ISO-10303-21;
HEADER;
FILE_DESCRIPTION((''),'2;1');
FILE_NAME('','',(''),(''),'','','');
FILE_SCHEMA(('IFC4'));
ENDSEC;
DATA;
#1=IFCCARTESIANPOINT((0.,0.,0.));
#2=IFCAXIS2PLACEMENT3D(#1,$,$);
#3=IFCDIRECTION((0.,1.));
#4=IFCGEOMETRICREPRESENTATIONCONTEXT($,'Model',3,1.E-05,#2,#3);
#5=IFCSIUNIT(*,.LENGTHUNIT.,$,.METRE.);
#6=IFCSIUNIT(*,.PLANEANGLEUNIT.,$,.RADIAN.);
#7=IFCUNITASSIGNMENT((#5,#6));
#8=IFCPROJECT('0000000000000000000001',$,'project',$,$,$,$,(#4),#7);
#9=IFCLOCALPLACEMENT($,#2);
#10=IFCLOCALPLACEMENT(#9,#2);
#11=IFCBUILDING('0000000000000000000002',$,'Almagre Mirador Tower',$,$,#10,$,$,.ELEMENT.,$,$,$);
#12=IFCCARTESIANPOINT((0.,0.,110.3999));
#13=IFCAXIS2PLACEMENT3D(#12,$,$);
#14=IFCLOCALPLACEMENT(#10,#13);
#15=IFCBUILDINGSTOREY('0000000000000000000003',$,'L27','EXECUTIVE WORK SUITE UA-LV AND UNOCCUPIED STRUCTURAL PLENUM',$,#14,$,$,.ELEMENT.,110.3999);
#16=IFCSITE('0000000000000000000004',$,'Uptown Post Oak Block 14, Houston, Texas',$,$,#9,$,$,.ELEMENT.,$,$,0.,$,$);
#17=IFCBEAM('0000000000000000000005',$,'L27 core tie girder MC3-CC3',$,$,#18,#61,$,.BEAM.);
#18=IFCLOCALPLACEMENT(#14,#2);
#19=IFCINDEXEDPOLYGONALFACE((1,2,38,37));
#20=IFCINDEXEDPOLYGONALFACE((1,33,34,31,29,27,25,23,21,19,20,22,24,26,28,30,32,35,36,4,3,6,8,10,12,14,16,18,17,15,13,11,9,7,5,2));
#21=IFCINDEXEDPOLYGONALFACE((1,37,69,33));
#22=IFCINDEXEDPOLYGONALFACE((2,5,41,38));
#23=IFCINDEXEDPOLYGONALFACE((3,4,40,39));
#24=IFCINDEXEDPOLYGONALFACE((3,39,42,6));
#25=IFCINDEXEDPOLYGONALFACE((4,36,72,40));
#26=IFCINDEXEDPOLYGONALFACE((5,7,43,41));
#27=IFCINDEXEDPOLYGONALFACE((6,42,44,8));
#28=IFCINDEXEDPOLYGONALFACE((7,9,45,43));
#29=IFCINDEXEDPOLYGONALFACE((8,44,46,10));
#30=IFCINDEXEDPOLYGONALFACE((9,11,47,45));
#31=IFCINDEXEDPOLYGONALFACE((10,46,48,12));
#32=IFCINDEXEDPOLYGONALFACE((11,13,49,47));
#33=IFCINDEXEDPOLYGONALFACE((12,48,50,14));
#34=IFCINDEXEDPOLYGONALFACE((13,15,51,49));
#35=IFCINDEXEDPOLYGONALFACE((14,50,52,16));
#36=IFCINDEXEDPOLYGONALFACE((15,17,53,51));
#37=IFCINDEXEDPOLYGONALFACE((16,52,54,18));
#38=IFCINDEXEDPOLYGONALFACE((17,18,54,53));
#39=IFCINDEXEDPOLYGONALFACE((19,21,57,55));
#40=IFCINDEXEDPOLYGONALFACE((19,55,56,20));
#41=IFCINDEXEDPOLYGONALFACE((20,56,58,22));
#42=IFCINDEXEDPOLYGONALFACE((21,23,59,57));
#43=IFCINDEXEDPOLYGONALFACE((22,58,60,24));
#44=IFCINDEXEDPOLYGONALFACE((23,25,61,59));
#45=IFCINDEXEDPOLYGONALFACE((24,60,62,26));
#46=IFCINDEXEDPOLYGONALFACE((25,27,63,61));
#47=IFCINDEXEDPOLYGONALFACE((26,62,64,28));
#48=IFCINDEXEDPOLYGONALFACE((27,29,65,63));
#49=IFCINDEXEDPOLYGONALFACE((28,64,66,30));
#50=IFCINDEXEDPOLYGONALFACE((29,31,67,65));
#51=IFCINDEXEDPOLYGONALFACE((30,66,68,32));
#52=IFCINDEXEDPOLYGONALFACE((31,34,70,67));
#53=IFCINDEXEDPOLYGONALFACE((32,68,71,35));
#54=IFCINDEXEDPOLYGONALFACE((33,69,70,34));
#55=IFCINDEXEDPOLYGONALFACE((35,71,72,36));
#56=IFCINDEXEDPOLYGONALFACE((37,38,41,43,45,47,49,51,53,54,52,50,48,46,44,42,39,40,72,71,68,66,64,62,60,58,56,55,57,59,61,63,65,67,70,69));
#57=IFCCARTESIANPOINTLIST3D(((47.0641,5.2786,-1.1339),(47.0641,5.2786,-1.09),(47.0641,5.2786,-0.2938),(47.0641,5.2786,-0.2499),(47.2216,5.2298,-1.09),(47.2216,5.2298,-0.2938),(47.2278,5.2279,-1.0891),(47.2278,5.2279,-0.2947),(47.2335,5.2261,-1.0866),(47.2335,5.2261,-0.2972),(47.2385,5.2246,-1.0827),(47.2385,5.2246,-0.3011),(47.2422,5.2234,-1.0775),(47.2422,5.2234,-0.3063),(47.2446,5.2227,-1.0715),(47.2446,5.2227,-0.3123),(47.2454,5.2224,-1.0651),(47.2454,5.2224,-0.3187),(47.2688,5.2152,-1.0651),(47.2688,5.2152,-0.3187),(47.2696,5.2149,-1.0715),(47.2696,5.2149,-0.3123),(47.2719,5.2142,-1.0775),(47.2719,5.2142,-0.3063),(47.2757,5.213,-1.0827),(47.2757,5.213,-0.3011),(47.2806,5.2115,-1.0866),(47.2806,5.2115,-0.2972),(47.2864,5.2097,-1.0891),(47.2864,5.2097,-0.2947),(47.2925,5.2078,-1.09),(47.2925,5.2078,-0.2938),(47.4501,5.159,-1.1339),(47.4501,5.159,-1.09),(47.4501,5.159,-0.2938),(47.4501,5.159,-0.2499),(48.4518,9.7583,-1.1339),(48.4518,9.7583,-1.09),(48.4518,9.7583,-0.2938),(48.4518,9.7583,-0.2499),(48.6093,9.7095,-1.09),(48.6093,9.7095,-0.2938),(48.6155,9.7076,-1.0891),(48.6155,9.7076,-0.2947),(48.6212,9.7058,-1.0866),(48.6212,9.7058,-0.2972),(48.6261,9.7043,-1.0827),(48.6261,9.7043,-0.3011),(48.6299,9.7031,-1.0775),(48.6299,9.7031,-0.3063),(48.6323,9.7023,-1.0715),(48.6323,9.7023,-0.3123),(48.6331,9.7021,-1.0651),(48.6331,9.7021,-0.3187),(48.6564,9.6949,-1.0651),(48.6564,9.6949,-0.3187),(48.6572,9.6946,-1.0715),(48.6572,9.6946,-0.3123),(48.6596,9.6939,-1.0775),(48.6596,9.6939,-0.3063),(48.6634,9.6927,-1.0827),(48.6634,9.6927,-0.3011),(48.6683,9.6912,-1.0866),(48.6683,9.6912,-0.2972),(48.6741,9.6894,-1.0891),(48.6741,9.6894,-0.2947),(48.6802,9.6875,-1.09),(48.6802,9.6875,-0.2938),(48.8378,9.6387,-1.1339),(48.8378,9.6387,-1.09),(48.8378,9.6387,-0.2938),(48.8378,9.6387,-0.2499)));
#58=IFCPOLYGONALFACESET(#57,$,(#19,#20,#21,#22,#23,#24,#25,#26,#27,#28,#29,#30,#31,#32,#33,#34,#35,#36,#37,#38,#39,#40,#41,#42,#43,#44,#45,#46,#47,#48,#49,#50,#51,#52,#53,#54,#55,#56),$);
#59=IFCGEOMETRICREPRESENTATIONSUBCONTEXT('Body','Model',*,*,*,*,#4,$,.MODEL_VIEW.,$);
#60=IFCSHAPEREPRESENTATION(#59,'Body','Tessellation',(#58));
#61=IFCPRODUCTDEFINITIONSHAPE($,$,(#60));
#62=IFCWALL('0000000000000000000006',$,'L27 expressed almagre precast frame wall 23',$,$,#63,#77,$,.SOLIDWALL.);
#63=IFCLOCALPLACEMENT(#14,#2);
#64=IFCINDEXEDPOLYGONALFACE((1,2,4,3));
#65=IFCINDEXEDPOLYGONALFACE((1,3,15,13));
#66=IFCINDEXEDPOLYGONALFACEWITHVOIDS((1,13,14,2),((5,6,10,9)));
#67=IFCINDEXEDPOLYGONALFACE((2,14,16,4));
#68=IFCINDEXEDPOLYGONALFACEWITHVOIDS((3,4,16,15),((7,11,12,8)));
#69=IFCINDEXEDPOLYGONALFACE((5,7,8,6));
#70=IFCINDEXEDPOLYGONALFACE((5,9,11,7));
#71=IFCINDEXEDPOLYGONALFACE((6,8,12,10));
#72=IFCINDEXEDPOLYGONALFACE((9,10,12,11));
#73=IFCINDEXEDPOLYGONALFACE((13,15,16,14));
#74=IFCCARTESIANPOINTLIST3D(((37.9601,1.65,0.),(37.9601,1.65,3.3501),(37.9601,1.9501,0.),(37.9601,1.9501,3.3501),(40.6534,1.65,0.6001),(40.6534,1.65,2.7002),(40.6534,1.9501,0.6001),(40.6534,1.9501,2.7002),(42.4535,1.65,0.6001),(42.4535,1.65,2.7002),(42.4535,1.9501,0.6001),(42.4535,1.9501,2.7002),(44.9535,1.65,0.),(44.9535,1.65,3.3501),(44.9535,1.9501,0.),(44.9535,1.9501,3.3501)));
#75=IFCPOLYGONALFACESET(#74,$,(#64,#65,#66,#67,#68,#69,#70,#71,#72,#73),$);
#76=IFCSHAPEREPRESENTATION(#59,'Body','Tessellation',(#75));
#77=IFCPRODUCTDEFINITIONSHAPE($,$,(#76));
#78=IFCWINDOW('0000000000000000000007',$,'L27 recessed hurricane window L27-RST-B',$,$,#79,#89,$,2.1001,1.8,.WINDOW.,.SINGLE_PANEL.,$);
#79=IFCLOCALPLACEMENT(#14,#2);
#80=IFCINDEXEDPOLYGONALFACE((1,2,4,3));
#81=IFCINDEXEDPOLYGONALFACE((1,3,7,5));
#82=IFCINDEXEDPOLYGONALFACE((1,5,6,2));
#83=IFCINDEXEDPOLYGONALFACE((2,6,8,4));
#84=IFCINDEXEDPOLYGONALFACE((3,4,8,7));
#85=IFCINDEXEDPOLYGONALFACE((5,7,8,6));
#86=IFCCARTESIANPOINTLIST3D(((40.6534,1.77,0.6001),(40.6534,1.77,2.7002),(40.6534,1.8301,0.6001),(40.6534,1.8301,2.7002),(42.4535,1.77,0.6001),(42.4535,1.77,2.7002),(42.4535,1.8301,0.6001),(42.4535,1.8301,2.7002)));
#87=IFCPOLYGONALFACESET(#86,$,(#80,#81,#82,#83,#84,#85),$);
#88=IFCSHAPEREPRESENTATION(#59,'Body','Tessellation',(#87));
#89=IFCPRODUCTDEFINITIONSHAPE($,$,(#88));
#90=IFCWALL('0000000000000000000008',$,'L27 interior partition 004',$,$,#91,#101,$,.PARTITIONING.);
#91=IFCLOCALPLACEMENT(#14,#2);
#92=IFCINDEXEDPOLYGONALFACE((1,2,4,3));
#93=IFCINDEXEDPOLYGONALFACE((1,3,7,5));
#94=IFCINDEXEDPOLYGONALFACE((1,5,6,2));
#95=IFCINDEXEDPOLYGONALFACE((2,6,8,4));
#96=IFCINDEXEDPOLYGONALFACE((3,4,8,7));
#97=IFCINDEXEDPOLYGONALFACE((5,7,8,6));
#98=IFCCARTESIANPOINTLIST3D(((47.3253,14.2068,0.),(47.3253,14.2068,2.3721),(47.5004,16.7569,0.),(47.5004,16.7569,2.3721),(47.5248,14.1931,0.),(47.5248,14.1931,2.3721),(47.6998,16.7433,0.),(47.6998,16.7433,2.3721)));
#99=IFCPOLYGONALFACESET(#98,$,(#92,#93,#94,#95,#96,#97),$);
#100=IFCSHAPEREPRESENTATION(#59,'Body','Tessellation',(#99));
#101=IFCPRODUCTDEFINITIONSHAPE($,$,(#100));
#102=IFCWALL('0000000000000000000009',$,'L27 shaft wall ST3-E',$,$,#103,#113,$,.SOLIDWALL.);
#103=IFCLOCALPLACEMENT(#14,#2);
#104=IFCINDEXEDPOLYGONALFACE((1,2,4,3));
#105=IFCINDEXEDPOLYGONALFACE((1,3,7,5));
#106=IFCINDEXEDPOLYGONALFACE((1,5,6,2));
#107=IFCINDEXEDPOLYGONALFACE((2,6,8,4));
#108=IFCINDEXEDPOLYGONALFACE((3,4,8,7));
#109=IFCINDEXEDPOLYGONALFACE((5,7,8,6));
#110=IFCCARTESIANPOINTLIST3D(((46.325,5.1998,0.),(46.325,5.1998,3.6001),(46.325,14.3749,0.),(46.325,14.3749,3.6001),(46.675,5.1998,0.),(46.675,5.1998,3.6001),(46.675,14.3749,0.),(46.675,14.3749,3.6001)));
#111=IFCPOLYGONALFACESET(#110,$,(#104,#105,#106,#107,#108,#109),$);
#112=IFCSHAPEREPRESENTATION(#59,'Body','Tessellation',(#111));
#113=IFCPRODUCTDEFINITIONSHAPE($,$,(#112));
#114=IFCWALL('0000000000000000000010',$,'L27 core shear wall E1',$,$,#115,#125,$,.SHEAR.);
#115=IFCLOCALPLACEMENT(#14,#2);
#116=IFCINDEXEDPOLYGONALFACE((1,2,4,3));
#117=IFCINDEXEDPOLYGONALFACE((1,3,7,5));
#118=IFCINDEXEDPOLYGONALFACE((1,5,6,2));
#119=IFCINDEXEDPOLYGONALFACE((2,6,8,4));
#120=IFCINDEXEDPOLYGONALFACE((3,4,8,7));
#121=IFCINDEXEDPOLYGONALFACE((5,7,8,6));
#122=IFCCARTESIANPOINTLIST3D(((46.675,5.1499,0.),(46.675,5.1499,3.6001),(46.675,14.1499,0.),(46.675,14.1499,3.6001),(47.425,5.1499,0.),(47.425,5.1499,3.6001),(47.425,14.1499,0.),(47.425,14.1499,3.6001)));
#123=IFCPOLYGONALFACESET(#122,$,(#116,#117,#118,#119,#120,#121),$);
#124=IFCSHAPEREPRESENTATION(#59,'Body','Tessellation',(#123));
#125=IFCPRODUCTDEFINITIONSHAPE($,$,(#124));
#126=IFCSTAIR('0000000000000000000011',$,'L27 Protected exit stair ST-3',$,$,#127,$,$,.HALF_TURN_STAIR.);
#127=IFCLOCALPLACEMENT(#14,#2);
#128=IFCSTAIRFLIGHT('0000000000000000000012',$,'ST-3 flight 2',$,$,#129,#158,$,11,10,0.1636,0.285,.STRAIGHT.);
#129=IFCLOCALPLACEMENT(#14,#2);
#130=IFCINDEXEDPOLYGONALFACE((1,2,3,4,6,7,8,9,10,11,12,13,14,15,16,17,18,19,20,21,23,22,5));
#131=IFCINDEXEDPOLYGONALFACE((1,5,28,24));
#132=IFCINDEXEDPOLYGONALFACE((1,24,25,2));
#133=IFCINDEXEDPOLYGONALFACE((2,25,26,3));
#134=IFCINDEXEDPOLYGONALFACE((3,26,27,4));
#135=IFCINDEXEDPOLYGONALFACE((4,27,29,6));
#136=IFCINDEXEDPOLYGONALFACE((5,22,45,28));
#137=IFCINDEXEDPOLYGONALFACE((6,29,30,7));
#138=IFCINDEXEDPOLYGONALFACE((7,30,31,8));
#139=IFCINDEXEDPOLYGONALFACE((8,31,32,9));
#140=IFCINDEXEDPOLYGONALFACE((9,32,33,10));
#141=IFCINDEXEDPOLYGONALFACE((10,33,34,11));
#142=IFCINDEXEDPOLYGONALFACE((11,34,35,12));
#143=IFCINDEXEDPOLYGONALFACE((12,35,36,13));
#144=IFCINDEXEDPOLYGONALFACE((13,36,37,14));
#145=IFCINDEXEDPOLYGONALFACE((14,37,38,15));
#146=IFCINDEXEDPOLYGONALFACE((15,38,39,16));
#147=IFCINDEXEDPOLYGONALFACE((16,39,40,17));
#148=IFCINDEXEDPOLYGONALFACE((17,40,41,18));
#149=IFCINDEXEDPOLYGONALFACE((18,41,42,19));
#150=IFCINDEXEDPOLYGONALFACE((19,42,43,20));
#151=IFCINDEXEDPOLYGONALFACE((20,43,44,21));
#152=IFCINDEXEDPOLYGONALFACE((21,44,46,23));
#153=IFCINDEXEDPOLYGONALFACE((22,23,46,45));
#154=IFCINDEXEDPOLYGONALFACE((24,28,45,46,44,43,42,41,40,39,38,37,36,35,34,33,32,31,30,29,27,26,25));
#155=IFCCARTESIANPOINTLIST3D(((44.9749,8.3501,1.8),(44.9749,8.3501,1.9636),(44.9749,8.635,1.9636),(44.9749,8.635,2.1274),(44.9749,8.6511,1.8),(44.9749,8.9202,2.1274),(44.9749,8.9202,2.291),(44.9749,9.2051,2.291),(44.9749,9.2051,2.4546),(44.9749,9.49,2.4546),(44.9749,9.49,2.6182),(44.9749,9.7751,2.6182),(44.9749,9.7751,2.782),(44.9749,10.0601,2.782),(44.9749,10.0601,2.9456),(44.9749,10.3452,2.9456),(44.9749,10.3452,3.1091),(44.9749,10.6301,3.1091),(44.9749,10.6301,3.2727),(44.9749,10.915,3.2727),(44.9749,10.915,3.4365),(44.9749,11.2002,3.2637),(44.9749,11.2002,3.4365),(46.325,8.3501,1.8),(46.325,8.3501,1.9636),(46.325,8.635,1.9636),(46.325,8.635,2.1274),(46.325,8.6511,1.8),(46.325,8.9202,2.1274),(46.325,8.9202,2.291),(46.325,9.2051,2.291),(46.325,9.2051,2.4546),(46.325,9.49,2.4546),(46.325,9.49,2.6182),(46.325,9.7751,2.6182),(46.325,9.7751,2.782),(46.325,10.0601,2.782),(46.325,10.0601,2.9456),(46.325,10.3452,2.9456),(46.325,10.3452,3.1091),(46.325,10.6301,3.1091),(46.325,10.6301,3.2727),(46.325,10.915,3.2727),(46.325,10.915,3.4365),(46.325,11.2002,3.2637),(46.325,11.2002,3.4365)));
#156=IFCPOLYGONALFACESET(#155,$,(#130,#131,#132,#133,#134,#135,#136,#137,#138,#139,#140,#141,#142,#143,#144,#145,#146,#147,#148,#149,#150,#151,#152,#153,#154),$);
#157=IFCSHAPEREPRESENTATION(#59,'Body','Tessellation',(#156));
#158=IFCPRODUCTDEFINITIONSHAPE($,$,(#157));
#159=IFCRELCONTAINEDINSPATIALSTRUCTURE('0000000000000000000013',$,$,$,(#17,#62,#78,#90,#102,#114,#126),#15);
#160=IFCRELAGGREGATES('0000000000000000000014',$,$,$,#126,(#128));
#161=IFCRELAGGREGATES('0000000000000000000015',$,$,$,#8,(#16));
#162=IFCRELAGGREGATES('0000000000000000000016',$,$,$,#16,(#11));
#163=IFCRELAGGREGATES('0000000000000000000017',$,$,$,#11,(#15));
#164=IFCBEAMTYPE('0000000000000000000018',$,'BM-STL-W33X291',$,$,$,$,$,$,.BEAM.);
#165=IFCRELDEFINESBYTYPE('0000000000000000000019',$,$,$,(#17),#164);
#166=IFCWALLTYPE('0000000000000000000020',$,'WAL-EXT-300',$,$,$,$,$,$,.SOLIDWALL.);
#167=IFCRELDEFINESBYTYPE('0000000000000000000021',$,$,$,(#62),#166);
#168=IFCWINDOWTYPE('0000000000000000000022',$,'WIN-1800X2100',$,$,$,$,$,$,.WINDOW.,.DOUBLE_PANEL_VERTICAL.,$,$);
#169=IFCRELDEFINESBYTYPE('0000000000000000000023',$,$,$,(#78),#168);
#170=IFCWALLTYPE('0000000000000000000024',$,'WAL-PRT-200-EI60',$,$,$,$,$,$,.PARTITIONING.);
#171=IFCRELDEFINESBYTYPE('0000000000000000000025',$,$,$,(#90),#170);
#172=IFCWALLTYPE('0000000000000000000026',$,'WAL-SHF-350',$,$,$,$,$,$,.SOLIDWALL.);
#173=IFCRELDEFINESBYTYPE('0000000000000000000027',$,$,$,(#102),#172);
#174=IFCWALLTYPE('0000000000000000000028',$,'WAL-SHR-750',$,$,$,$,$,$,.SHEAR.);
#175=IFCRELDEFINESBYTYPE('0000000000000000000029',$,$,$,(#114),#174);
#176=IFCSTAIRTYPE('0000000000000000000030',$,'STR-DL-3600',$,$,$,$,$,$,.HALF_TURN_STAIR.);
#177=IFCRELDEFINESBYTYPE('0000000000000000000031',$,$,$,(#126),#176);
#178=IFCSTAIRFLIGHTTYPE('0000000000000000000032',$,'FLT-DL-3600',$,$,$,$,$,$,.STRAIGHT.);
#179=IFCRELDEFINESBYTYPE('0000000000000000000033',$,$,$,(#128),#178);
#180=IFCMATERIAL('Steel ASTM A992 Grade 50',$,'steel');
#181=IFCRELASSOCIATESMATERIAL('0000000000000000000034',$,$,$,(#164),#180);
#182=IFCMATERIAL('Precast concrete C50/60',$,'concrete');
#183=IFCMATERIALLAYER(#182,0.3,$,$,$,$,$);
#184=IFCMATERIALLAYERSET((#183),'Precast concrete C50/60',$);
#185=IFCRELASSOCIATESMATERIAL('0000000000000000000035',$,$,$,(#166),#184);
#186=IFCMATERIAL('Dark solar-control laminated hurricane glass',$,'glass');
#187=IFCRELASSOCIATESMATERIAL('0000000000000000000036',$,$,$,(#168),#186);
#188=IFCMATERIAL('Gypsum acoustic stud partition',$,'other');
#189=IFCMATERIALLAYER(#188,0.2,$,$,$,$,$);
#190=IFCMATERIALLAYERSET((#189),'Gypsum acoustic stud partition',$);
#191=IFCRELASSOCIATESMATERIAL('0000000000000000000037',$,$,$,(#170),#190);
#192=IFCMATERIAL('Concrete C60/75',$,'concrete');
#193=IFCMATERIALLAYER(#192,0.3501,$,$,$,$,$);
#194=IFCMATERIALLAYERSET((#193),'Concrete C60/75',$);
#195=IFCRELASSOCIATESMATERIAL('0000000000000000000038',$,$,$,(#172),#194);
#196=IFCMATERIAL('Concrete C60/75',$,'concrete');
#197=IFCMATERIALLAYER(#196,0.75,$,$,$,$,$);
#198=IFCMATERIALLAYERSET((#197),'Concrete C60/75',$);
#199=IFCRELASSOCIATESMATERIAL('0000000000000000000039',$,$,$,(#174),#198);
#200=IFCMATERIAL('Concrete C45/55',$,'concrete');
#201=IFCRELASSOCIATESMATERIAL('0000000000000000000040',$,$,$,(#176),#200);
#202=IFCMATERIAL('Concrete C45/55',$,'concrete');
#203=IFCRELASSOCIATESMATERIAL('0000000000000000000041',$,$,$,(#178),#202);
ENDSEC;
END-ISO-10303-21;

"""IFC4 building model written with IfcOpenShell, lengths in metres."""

from ifc_helpers import new_model, si_unit, direction, frame, frame_2d, origin, origin_2d, place, context, subcontext, project, spatial, polyline, rectangle, i_section, outline, extrude, material, layer, layer_set, material_profile, profile_set, type_object, element, fill, aggregate, save


model = new_model("IFC4")

# Units and contexts
model_context = context("Model", 3, precision=1e-05, world=origin(), true_north=direction((0.0, 1.0)))
body_context = subcontext(model_context, "Body", "Model", "MODEL_VIEW")
ifc_project = project(units=[si_unit("LENGTHUNIT", "METRE"), si_unit("PLANEANGLEUNIT", "RADIAN")], contexts=[model_context])

# Site, building, storey
site_placement = place(None, origin())
site = spatial("IfcSite", under=ifc_project, at=site_placement, Name="Uptown Post Oak Block 14, Houston, Texas", CompositionType="ELEMENT", RefElevation=0.0)
building_placement = place(site_placement, origin())
building = spatial("IfcBuilding", under=site, at=building_placement, Name="Almagre Mirador Tower", CompositionType="ELEMENT")
storey_placement = place(building_placement, frame((0.0, 0.0, 110.3999)))
storey = spatial("IfcBuildingStorey", under=building, at=storey_placement, Name="L27", Description="EXECUTIVE WORK SUITE UA-LV AND UNOCCUPIED STRUCTURAL PLENUM", CompositionType="ELEMENT", Elevation=110.3999)

# Beam
ifc_material_1 = material(Name="Steel ASTM A992 Grade 50", Category="steel")
ifc_material_profile_1 = material_profile(ifc_material_1, i_section(OverallWidth=0.4041, OverallDepth=0.884, WebThickness=0.0244, FlangeThickness=0.0439, FilletRadius=0.0249, at=origin_2d()), Name="W33X291")
ifc_profile_set_1 = profile_set([ifc_material_profile_1], Name="Steel ASTM A992 Grade 50")
beam_type_1 = type_object("IfcBeamType", Name="BM-STL-W33X291", PredefinedType="BEAM", material=ifc_profile_set_1)
beam_1_placement = place(storey_placement, frame((48.6448, 9.6985, -0.6919), z_axis=(-0.2959, -0.955219, 0.0), x_axis=(0.955219, -0.2959, 0.0)))
element("IfcBeam", 1, at=beam_1_placement, inside=storey, type_object=beam_type_1, Name="L27 core tie girder MC3-CC3", PredefinedType="BEAM", context=body_context, shape_type="SweptSolid", body=[
    extrude(i_section(OverallWidth=0.4041, OverallDepth=0.884, WebThickness=0.0244, FlangeThickness=0.0439, FilletRadius=0.0249, at=origin_2d()), origin(), (0.0, 0.0, 1.0), 4.6897),
])

# Wall, opening, window
ifc_material_2 = material(Name="Precast concrete C50/60", Category="concrete")
ifc_layer_1 = layer(ifc_material_2, 0.3)
ifc_layer_set_1 = layer_set([ifc_layer_1], Name="Precast concrete C50/60")
wall_type_1 = type_object("IfcWallType", Name="WAL-EXT-300", PredefinedType="SOLIDWALL", material=ifc_layer_set_1)
wall_1_placement = place(storey_placement, frame((44.9534, 1.8, 0.0), z_axis=(0.0, 0.0, 1.0), x_axis=(-1.0, 0.0, 0.0)))
wall_1 = element("IfcWall", 2, at=wall_1_placement, inside=storey, type_object=wall_type_1, Name="L27 expressed almagre precast frame wall 23", PredefinedType="SOLIDWALL", context=body_context, shape_type="SweptSolid", body=[
    extrude(rectangle(XDim=6.9934, YDim=0.3, at=frame_2d((3.4966, 0.0))), origin(), (0.0, 0.0, 1.0), 3.3501),
])
opening_placement = place(wall_1_placement, frame((2.5, 0.0, 0.6001)))
opening = element("IfcOpeningElement", 3, at=opening_placement, cuts=wall_1, PredefinedType="OPENING", context=body_context, shape_type="SweptSolid", body=[
    extrude(rectangle(XDim=1.8, YDim=2.1001, at=frame_2d((0.8999, 1.05))), frame((0.0, 0.1599, 0.0), z_axis=(0.0, -1.0, 0.0), x_axis=(1.0, 0.0, 0.0)), (0.0, 0.0, 1.0), 0.32),
])
ifc_material_3 = material(Name="Dark solar-control laminated hurricane glass", Category="glass")
window_type = type_object("IfcWindowType", Name="WIN-1800X2100", PartitioningType="DOUBLE_PANEL_VERTICAL", PredefinedType="WINDOW", material=ifc_material_3)
window_placement = place(opening_placement, origin())
window = element("IfcWindow", 4, at=window_placement, inside=storey, type_object=window_type, Name="L27 recessed hurricane window L27-RST-B", OverallHeight=2.1001, OverallWidth=1.8, PartitioningType="SINGLE_PANEL", PredefinedType="WINDOW", context=body_context, shape_type="SweptSolid", body=[
    extrude(rectangle(XDim=1.8, YDim=2.1001, at=frame_2d((0.8999, 1.05))), frame((0.0, 0.03, 0.0), z_axis=(0.0, -1.0, 0.0), x_axis=(1.0, 0.0, 0.0)), (0.0, 0.0, 1.0), 0.0601),
])
fill(opening, window)

# Walls
ifc_material_4 = material(Name="Gypsum acoustic stud partition", Category="other")
ifc_layer_2 = layer(ifc_material_4, 0.2)
ifc_layer_set_2 = layer_set([ifc_layer_2], Name="Gypsum acoustic stud partition")
wall_type_2 = type_object("IfcWallType", Name="WAL-PRT-200-EI60", PredefinedType="PARTITIONING", material=ifc_layer_set_2)
wall_2_placement = place(storey_placement, frame((47.425, 14.2, 0.0), z_axis=(0.0, 0.0, 1.0), x_axis=(0.068484, 0.997652, 0.0)))
element("IfcWall", 5, at=wall_2_placement, inside=storey, type_object=wall_type_2, Name="L27 interior partition 004", PredefinedType="PARTITIONING", context=body_context, shape_type="SweptSolid", body=[
    extrude(rectangle(XDim=2.5562, YDim=0.2, at=frame_2d((1.2781, 0.0))), origin(), (0.0, 0.0, 1.0), 2.3721),
])
ifc_material_5 = material(Name="Concrete C60/75", Category="concrete")
ifc_layer_3 = layer(ifc_material_5, 0.3501)
ifc_layer_set_3 = layer_set([ifc_layer_3], Name="Concrete C60/75")
wall_type_3 = type_object("IfcWallType", Name="WAL-SHF-350", PredefinedType="SOLIDWALL", material=ifc_layer_set_3)
wall_3_placement = place(storey_placement, frame((46.5, 5.2, 0.0), z_axis=(0.0, 0.0, 1.0), x_axis=(0.0, 1.0, 0.0)))
element("IfcWall", 6, at=wall_3_placement, inside=storey, type_object=wall_type_3, Name="L27 shaft wall ST3-E", PredefinedType="SOLIDWALL", context=body_context, shape_type="SweptSolid", body=[
    extrude(rectangle(XDim=9.175, YDim=0.3501, at=frame_2d((4.5874, 0.0))), origin(), (0.0, 0.0, 1.0), 3.6001),
])
ifc_material_6 = material(Name="Concrete C60/75", Category="concrete")
ifc_layer_4 = layer(ifc_material_6, 0.75)
ifc_layer_set_4 = layer_set([ifc_layer_4], Name="Concrete C60/75")
wall_type_4 = type_object("IfcWallType", Name="WAL-SHR-750", PredefinedType="SHEAR", material=ifc_layer_set_4)
wall_4_placement = place(storey_placement, frame((47.05, 5.1499, 0.0), z_axis=(0.0, 0.0, 1.0), x_axis=(0.0, 1.0, 0.0)))
element("IfcWall", 7, at=wall_4_placement, inside=storey, type_object=wall_type_4, Name="L27 core shear wall E1", PredefinedType="SHEAR", context=body_context, shape_type="SweptSolid", body=[
    extrude(rectangle(XDim=9.0, YDim=0.75, at=frame_2d((4.5, 0.0))), origin(), (0.0, 0.0, 1.0), 3.6001),
])

# Stair, stair flight
ifc_material_7 = material(Name="Concrete C45/55", Category="concrete")
stair_type = type_object("IfcStairType", Name="STR-DL-3600", PredefinedType="HALF_TURN_STAIR", material=ifc_material_7)
stair_placement = place(storey_placement, origin())
stair = element("IfcStair", 8, at=stair_placement, inside=storey, type_object=stair_type, Name="L27 Protected exit stair ST-3", PredefinedType="HALF_TURN_STAIR")
ifc_material_8 = material(Name="Concrete C45/55", Category="concrete")
stair_flight_type = type_object("IfcStairFlightType", Name="FLT-DL-3600", PredefinedType="STRAIGHT", material=ifc_material_8)
stair_flight_placement = place(storey_placement, frame((45.6499, 8.3501, 1.8), z_axis=(0.0, 0.0, 1.0), x_axis=(0.0, 1.0, 0.0)))
stair_flight = element("IfcStairFlight", 9, at=stair_flight_placement, type_object=stair_flight_type, Name="ST-3 flight 2", NumberOfRisers=11, NumberOfTreads=10, PredefinedType="STRAIGHT", RiserHeight=0.1636, TreadLength=0.285, context=body_context, shape_type="SweptSolid", body=[
    extrude(outline(polyline([(0.0, 0.0), (0.0, 0.1636), (0.2849, 0.1636), (0.2849, 0.3274), (0.5701, 0.3274), (0.5701, 0.491), (0.855, 0.491), (0.855, 0.6545), (1.1399, 0.6545), (1.1399, 0.8181), (1.425, 0.8181), (1.425, 0.9819), (1.71, 0.9819), (1.71, 1.1455), (1.9951, 1.1455), (1.9951, 1.3091), (2.28, 1.3091), (2.28, 1.4727), (2.5649, 1.4727), (2.5649, 1.6365), (2.8501, 1.6365), (2.8501, 1.8), (2.8501, 1.4636), (0.301, 0.0), (0.0, 0.0)])), frame((0.0, 0.675, 0.0), z_axis=(0.0, -1.0, 0.0), x_axis=(1.0, 0.0, 0.0)), (0.0, 0.0, 1.0), 1.3501),
])
aggregate(stair, [stair_flight])

save(model, "model.ifc")
